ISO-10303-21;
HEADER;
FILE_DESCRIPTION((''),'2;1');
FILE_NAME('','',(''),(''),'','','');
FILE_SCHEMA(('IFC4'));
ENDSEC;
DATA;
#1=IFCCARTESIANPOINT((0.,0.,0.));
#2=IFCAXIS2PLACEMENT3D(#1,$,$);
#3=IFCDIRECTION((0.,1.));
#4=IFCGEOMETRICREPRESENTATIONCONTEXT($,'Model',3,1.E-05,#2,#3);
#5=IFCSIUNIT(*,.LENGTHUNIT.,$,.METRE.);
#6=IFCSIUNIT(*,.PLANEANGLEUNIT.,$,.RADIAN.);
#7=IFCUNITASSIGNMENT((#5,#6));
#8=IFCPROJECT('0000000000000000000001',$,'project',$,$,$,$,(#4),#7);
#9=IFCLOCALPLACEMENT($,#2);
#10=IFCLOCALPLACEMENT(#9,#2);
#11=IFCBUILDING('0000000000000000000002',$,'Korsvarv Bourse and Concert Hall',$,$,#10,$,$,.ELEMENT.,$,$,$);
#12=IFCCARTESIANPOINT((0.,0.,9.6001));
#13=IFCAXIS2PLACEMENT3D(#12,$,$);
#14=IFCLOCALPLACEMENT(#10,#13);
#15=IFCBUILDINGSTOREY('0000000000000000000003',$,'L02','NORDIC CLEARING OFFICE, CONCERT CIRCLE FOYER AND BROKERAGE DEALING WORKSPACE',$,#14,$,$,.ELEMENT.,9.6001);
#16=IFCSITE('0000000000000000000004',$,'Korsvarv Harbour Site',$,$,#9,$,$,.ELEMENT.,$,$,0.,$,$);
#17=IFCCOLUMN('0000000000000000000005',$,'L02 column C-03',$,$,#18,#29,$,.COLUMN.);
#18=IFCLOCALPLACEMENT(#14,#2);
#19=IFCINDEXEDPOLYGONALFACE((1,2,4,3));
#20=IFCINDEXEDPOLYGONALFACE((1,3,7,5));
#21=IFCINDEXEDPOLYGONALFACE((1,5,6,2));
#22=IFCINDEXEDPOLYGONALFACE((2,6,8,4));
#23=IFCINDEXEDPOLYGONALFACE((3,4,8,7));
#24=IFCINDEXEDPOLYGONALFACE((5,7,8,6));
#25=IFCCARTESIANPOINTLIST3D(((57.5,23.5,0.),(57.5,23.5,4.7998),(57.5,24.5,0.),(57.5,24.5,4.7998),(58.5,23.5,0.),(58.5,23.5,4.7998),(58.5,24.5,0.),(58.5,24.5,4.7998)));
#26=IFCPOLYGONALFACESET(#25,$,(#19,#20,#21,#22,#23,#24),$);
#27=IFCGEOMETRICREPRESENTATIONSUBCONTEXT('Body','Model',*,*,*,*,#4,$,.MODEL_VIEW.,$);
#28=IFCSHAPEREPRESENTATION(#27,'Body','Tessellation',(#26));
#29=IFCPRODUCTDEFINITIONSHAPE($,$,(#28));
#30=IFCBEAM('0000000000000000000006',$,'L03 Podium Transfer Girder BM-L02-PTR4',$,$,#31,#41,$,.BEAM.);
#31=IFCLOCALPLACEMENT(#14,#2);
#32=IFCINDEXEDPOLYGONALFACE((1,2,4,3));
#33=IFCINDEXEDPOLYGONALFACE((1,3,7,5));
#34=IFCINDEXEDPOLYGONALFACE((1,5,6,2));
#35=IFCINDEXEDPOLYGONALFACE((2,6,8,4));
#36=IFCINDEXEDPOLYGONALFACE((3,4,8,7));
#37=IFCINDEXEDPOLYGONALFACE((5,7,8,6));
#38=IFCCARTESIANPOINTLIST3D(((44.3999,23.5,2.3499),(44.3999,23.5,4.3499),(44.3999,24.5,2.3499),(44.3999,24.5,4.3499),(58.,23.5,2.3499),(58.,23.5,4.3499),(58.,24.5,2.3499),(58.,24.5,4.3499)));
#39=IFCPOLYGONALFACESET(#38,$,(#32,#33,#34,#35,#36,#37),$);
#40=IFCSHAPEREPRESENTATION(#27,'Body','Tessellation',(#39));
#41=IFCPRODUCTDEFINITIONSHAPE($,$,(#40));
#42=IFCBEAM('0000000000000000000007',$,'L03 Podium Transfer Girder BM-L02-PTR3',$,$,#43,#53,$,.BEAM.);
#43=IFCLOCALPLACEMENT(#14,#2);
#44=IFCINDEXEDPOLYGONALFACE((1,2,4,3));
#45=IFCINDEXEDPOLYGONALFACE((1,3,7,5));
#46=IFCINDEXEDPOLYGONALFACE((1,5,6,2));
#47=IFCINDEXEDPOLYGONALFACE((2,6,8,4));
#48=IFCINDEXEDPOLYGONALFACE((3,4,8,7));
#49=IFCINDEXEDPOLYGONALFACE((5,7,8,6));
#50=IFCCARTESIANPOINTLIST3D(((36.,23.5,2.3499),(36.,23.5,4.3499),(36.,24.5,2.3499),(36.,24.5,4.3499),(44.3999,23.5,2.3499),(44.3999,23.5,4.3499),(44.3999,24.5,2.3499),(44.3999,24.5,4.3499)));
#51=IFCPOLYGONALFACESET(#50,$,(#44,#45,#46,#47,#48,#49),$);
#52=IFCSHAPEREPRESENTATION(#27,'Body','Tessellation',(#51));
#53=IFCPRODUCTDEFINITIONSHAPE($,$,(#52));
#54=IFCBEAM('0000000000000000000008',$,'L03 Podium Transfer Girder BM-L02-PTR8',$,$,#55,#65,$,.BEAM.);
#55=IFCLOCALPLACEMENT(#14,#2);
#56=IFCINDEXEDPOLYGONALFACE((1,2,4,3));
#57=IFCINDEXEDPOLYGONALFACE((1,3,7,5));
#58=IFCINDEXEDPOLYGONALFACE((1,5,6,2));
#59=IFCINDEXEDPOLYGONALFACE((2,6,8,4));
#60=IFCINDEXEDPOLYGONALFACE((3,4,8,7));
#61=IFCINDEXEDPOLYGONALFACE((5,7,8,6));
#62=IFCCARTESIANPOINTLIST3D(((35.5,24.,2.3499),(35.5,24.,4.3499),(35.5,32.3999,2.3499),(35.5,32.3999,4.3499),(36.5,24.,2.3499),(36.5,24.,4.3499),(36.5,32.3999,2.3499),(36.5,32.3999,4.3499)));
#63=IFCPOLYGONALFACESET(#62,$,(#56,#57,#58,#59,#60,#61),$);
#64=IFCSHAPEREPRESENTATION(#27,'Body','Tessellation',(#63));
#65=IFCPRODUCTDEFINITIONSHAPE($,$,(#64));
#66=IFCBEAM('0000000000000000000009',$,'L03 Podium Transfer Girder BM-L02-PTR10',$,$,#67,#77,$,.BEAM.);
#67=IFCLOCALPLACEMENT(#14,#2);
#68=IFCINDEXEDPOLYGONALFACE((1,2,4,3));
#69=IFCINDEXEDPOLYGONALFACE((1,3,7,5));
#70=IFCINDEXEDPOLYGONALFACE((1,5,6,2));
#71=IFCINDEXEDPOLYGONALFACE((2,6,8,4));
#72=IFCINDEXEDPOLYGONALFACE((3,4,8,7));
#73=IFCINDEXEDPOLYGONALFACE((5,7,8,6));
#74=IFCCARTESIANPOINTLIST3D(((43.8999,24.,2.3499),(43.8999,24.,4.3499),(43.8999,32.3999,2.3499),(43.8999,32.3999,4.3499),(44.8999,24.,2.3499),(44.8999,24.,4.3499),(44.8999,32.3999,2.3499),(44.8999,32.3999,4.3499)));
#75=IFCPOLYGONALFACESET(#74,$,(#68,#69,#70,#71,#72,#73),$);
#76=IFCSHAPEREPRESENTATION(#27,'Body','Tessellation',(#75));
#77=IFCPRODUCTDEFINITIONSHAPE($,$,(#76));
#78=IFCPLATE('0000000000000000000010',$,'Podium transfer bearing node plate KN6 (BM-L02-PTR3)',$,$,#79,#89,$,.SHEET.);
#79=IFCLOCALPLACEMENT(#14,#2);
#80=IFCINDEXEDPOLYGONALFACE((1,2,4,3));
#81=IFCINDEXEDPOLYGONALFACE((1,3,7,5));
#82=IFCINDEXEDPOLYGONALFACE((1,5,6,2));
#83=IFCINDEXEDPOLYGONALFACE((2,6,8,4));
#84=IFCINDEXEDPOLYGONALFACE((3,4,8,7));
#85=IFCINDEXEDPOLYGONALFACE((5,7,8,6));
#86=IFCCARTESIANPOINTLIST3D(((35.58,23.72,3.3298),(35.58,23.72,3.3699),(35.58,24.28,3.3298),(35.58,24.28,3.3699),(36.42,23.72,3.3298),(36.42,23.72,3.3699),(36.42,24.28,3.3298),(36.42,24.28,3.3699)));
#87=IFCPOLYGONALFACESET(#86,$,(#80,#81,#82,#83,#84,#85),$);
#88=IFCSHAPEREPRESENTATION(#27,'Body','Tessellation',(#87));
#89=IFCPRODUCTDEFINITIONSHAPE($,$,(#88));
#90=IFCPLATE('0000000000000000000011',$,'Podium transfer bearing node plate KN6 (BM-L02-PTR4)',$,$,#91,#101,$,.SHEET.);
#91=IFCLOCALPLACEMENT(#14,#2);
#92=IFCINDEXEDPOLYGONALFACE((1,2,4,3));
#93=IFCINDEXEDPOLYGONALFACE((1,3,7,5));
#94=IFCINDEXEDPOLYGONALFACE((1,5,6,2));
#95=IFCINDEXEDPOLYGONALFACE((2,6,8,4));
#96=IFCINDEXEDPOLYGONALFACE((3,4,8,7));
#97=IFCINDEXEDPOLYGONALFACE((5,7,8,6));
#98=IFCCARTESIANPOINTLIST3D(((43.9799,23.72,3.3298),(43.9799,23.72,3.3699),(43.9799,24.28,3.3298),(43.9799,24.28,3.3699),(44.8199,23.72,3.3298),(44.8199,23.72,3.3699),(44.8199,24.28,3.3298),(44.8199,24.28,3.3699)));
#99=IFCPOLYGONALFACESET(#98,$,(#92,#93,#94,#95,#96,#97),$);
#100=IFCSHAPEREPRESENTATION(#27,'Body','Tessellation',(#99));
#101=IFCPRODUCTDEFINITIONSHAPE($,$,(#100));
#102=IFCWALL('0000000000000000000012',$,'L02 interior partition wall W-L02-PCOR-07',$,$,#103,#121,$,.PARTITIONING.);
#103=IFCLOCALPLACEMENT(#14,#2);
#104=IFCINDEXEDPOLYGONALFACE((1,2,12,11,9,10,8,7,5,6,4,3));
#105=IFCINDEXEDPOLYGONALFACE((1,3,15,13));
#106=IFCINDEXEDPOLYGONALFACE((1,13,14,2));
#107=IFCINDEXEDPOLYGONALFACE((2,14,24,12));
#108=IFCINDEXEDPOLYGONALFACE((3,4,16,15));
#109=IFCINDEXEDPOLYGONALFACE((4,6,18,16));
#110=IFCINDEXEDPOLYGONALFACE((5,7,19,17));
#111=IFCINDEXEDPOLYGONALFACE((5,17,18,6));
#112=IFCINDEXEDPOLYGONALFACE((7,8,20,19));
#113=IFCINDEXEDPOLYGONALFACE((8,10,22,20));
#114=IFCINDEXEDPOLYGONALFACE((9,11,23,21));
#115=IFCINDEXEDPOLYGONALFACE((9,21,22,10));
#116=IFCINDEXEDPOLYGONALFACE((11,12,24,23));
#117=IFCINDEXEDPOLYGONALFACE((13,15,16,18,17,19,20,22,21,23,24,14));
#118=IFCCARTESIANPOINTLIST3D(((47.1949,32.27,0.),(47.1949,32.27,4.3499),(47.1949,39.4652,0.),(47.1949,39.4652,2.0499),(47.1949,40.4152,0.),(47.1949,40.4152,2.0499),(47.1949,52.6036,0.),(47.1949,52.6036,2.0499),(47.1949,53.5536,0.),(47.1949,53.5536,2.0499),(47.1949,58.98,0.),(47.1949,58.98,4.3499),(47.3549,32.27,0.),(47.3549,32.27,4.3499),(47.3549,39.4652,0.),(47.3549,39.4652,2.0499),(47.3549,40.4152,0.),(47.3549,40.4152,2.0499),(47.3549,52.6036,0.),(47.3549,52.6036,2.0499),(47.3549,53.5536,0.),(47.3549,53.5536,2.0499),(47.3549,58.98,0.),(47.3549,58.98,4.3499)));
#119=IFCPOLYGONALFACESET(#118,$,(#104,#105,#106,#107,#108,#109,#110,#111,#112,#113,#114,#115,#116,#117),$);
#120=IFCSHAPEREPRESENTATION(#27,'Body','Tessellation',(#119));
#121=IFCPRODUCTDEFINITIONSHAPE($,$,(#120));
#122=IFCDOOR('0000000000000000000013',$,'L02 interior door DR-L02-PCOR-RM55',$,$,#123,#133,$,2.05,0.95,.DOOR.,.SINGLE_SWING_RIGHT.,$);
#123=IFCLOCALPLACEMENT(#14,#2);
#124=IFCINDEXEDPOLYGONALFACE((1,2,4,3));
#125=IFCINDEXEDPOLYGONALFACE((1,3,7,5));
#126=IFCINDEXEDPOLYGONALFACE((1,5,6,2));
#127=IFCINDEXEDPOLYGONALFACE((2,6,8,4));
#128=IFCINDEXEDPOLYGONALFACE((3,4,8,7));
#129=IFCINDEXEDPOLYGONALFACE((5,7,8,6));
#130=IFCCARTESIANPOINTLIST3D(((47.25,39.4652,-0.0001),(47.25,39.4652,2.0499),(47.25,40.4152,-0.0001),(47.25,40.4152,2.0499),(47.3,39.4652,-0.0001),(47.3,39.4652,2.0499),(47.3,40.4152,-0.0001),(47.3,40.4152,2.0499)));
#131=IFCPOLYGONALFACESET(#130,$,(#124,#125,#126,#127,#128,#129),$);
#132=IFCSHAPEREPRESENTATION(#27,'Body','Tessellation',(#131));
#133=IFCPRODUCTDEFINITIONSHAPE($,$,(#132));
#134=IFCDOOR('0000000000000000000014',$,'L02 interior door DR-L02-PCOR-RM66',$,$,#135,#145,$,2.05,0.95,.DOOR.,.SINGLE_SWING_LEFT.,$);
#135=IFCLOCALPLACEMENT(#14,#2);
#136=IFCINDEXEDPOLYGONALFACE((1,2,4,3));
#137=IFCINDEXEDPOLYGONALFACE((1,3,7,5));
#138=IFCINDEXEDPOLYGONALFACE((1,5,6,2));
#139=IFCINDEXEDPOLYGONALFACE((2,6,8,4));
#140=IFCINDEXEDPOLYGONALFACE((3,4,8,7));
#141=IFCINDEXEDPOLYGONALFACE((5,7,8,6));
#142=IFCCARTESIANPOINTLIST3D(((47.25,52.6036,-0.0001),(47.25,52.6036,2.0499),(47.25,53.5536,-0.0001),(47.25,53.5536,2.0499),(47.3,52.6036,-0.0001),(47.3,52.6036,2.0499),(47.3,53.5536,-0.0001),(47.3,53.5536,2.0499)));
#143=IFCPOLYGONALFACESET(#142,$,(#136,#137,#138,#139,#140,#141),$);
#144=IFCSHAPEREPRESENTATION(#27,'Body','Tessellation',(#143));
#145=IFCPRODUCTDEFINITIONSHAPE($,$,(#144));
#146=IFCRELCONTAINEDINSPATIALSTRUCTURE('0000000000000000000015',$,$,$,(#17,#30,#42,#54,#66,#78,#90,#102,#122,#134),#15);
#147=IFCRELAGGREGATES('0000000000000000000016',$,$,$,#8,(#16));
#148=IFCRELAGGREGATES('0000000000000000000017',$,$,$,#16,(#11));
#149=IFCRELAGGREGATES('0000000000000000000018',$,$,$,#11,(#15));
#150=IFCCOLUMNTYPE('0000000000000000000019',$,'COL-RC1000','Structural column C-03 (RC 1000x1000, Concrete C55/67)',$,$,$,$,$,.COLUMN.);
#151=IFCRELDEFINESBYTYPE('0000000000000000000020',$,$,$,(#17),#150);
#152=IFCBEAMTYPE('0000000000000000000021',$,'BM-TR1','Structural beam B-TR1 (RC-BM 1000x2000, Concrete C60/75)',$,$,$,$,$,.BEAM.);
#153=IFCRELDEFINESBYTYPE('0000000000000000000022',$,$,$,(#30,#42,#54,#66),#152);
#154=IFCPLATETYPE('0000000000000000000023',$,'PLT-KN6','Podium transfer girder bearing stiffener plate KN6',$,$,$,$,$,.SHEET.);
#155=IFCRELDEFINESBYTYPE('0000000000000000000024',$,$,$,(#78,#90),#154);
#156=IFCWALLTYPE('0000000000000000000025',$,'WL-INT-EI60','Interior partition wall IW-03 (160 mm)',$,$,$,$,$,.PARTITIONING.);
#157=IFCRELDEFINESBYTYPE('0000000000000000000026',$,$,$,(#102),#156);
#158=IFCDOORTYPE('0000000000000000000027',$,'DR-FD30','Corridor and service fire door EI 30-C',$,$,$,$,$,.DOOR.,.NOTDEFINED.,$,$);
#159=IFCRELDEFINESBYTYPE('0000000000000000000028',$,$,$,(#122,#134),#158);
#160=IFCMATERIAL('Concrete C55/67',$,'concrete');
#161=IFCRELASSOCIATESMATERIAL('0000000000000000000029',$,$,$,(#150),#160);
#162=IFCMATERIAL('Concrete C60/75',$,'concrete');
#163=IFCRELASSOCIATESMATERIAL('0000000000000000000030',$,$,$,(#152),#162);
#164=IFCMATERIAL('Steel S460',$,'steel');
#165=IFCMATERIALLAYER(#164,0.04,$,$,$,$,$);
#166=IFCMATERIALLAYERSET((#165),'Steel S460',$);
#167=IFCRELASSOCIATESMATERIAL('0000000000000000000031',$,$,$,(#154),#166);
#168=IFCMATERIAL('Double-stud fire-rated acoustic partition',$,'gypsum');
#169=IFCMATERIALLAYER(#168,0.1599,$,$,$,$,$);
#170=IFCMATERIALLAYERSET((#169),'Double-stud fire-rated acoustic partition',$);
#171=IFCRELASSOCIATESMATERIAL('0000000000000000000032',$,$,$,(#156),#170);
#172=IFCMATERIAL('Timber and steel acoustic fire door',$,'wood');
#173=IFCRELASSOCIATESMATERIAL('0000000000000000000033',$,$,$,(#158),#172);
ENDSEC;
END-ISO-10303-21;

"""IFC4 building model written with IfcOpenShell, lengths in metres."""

from ifc_helpers import new_model, si_unit, direction, frame, frame_2d, origin, origin_2d, place, context, subcontext, project, spatial, rectangle, extrude, source, transform, mapped, material, layer, layer_set, material_profile, profile_set, type_object, element, fill, save


model = new_model("IFC4")

# Units and contexts
model_context = context("Model", 3, precision=1e-05, world=origin(), true_north=direction((0.0, 1.0)))
body_context = subcontext(model_context, "Body", "Model", "MODEL_VIEW")
ifc_project = project(units=[si_unit("LENGTHUNIT", "METRE"), si_unit("PLANEANGLEUNIT", "RADIAN")], contexts=[model_context])

# Site, building, storey
site_placement = place(None, origin())
site = spatial("IfcSite", under=ifc_project, at=site_placement, Name="Korsvarv Harbour Site", CompositionType="ELEMENT", RefElevation=0.0)
building_placement = place(site_placement, origin())
building = spatial("IfcBuilding", under=site, at=building_placement, Name="Korsvarv Bourse and Concert Hall", CompositionType="ELEMENT")
storey_placement = place(building_placement, frame((0.0, 0.0, 9.6001)))
storey = spatial("IfcBuildingStorey", under=building, at=storey_placement, Name="L02", Description="NORDIC CLEARING OFFICE, CONCERT CIRCLE FOYER AND BROKERAGE DEALING WORKSPACE", CompositionType="ELEMENT", Elevation=9.6001)

# Column
ifc_material_1 = material(Name="Concrete C60/75", Category="concrete")
ifc_material_2 = material(Name="Steel S460", Category="steel")
ifc_material_3 = material(Name="Concrete C55/67", Category="concrete")
ifc_material_profile_1 = material_profile(ifc_material_3, rectangle(XDim=1.0, YDim=1.0, at=origin_2d()), Name="RC 1000x1000")
ifc_profile_set_1 = profile_set([ifc_material_profile_1], Name="Concrete C55/67")
column_type_1 = type_object("IfcColumnType", Name="COL-RC1000", Description="Structural column C-03 (RC 1000x1000, Concrete C55/67)", PredefinedType="COLUMN", material=ifc_profile_set_1)
shared_shape_1 = source(origin(), body_context, "Body", "SweptSolid", [
    extrude(rectangle(XDim=1.0, YDim=1.0, at=origin_2d()), origin(), (0.0, 0.0, 1.0), 4.7998),
])
column_1_placement = place(storey_placement, frame((58.0, 24.0, 0.0), z_axis=(0.0, 0.0, 1.0), x_axis=(1.0, 0.0, 0.0)))
element("IfcColumn", 1, at=column_1_placement, inside=storey, type_object=column_type_1, Name="L02 column C-03", PredefinedType="COLUMN", context=body_context, shape_type="MappedRepresentation", body=[
    mapped(shared_shape_1, transform((0.0, 0.0, 0.0), scale=1.0)),
])

# Beams
ifc_material_profile_2 = material_profile(ifc_material_1, rectangle(XDim=1.0, YDim=2.0, at=origin_2d()), Name="RC-BM 1000x2000")
ifc_profile_set_2 = profile_set([ifc_material_profile_2], Name="Concrete C60/75")
beam_type = type_object("IfcBeamType", Name="BM-TR1", Description="Structural beam B-TR1 (RC-BM 1000x2000, Concrete C60/75)", PredefinedType="BEAM", material=ifc_profile_set_2)
shared_shape_2 = source(origin(), body_context, "Body", "SweptSolid", [
    extrude(rectangle(XDim=1.0, YDim=2.0, at=origin_2d()), origin(), (0.0, 0.0, 1.0), 13.6001),
])
beam_placement = place(storey_placement, frame((44.3999, 24.0, 3.3499), z_axis=(1.0, 0.0, 0.0), x_axis=(0.0, 1.0, 0.0)))
element("IfcBeam", 2, at=beam_placement, inside=storey, type_object=beam_type, Name="L03 Podium Transfer Girder BM-L02-PTR4", PredefinedType="BEAM", context=body_context, shape_type="MappedRepresentation", body=[
    mapped(shared_shape_2, transform((0.0, 0.0, 0.0), scale=1.0)),
])
shared_shape_3 = source(origin(), body_context, "Body", "SweptSolid", [
    extrude(rectangle(XDim=1.0, YDim=2.0, at=origin_2d()), origin(), (0.0, 0.0, 1.0), 8.3999),
])
for number, where, z_axis, x_axis, name in (
    (3, (36.0, 24.0, 3.3499), (1.0, 0.0, 0.0), (0.0, 1.0, 0.0), "L03 Podium Transfer Girder BM-L02-PTR3"),
    (4, (36.0, 24.0, 3.3499), (0.0, 1.0, 0.0), (-1.0, 0.0, 0.0), "L03 Podium Transfer Girder BM-L02-PTR8"),
    (5, (44.3999, 24.0, 3.3499), (0.0, 1.0, 0.0), (-1.0, 0.0, 0.0), "L03 Podium Transfer Girder BM-L02-PTR10"),
):
    element("IfcBeam", number, at=place(storey_placement, frame(where, z_axis=z_axis, x_axis=x_axis)), inside=storey, type_object=beam_type, Name=name, PredefinedType="BEAM", context=body_context, shape_type="MappedRepresentation", body=[
        mapped(shared_shape_3, transform((0.0, 0.0, 0.0), scale=1.0)),
    ])

# Plates
ifc_layer_1 = layer(ifc_material_2, 0.04)
ifc_layer_set_1 = layer_set([ifc_layer_1], Name="Steel S460")
plate_type = type_object("IfcPlateType", Name="PLT-KN6", Description="Podium transfer girder bearing stiffener plate KN6", PredefinedType="SHEET", material=ifc_layer_set_1)
shared_shape_4 = source(origin(), body_context, "Body", "SweptSolid", [
    extrude(rectangle(XDim=0.8401, YDim=0.5601, at=origin_2d()), origin(), (0.0, 0.0, 1.0), 0.04),
])
for number, where, z_axis, x_axis, name in (
    (6, (36.0, 24.0, 3.3298), (0.0, 0.0, 1.0), (1.0, 0.0, 0.0), "Podium transfer bearing node plate KN6 (BM-L02-PTR3)"),
    (7, (44.3999, 24.0, 3.3298), (0.0, 0.0, 1.0), (1.0, 0.0, 0.0), "Podium transfer bearing node plate KN6 (BM-L02-PTR4)"),
):
    element("IfcPlate", number, at=place(storey_placement, frame(where, z_axis=z_axis, x_axis=x_axis)), inside=storey, type_object=plate_type, Name=name, PredefinedType="SHEET", context=body_context, shape_type="MappedRepresentation", body=[
        mapped(shared_shape_4, transform((0.0, 0.0, 0.0), scale=1.0)),
    ])

# Wall, openings, doors
ifc_material_4 = material(Name="Double-stud fire-rated acoustic partition", Category="gypsum")
ifc_layer_2 = layer(ifc_material_4, 0.1599)
ifc_layer_set_2 = layer_set([ifc_layer_2], Name="Double-stud fire-rated acoustic partition")
wall_type_1 = type_object("IfcWallType", Name="WL-INT-EI60", Description="Interior partition wall IW-03 (160 mm)", PredefinedType="PARTITIONING", material=ifc_layer_set_2)
wall_1_placement = place(storey_placement, frame((47.2749, 32.27, 0.0), z_axis=(0.0, 0.0, 1.0), x_axis=(0.0, 1.0, 0.0)))
wall_1 = element("IfcWall", 8, at=wall_1_placement, inside=storey, type_object=wall_type_1, Name="L02 interior partition wall W-L02-PCOR-07", PredefinedType="PARTITIONING", context=body_context, shape_type="SweptSolid", body=[
    extrude(rectangle(XDim=26.71, YDim=0.1599, at=frame_2d((13.355, 0.0))), origin(), (0.0, 0.0, 1.0), 4.3499),
])
opening_1_placement = place(wall_1_placement, frame((7.1951, 0.0, 0.0)))
opening_1 = element("IfcOpeningElement", 9, at=opening_1_placement, cuts=wall_1, PredefinedType="OPENING", context=body_context, shape_type="SweptSolid", body=[
    extrude(rectangle(XDim=0.95, YDim=2.05, at=frame_2d((0.4751, 1.0249))), frame((0.0, 0.0898, 0.0), z_axis=(0.0, -1.0, 0.0), x_axis=(1.0, 0.0, 0.0)), (0.0, 0.0, 1.0), 0.1799),
])
opening_2_placement = place(wall_1_placement, frame((20.3335, 0.0, 0.0)))
opening_2 = element("IfcOpeningElement", 10, at=opening_2_placement, cuts=wall_1, PredefinedType="OPENING", context=body_context, shape_type="SweptSolid", body=[
    extrude(rectangle(XDim=0.95, YDim=2.05, at=frame_2d((0.4751, 1.0249))), frame((0.0, 0.0898, 0.0), z_axis=(0.0, -1.0, 0.0), x_axis=(1.0, 0.0, 0.0)), (0.0, 0.0, 1.0), 0.1799),
])
ifc_material_5 = material(Name="Timber and steel acoustic fire door", Category="wood")
door_type = type_object("IfcDoorType", Name="DR-FD30", Description="Corridor and service fire door EI 30-C", OperationType="NOTDEFINED", PredefinedType="DOOR", material=ifc_material_5)
door_1_placement = place(opening_1_placement, origin())
door_1 = element("IfcDoor", 11, at=door_1_placement, inside=storey, type_object=door_type, Name="L02 interior door DR-L02-PCOR-RM55", OperationType="SINGLE_SWING_RIGHT", OverallHeight=2.05, OverallWidth=0.95, PredefinedType="DOOR", context=body_context, shape_type="SweptSolid", body=[
    extrude(rectangle(XDim=0.95, YDim=2.05, at=frame_2d((0.4751, 1.0249))), frame((0.0, 0.0249, 0.0), z_axis=(0.0, -1.0, 0.0), x_axis=(1.0, 0.0, 0.0)), (0.0, 0.0, 1.0), 0.05),
])
fill(opening_1, door_1)
door_2_placement = place(opening_2_placement, origin())
door_2 = element("IfcDoor", 12, at=door_2_placement, inside=storey, type_object=door_type, Name="L02 interior door DR-L02-PCOR-RM66", OperationType="SINGLE_SWING_LEFT", OverallHeight=2.05, OverallWidth=0.95, PredefinedType="DOOR", context=body_context, shape_type="SweptSolid", body=[
    extrude(rectangle(XDim=0.95, YDim=2.05, at=frame_2d((0.4751, 1.0249))), frame((0.0, 0.0249, 0.0), z_axis=(0.0, -1.0, 0.0), x_axis=(1.0, 0.0, 0.0)), (0.0, 0.0, 1.0), 0.05),
])
fill(opening_2, door_2)

save(model, "model.ifc")
